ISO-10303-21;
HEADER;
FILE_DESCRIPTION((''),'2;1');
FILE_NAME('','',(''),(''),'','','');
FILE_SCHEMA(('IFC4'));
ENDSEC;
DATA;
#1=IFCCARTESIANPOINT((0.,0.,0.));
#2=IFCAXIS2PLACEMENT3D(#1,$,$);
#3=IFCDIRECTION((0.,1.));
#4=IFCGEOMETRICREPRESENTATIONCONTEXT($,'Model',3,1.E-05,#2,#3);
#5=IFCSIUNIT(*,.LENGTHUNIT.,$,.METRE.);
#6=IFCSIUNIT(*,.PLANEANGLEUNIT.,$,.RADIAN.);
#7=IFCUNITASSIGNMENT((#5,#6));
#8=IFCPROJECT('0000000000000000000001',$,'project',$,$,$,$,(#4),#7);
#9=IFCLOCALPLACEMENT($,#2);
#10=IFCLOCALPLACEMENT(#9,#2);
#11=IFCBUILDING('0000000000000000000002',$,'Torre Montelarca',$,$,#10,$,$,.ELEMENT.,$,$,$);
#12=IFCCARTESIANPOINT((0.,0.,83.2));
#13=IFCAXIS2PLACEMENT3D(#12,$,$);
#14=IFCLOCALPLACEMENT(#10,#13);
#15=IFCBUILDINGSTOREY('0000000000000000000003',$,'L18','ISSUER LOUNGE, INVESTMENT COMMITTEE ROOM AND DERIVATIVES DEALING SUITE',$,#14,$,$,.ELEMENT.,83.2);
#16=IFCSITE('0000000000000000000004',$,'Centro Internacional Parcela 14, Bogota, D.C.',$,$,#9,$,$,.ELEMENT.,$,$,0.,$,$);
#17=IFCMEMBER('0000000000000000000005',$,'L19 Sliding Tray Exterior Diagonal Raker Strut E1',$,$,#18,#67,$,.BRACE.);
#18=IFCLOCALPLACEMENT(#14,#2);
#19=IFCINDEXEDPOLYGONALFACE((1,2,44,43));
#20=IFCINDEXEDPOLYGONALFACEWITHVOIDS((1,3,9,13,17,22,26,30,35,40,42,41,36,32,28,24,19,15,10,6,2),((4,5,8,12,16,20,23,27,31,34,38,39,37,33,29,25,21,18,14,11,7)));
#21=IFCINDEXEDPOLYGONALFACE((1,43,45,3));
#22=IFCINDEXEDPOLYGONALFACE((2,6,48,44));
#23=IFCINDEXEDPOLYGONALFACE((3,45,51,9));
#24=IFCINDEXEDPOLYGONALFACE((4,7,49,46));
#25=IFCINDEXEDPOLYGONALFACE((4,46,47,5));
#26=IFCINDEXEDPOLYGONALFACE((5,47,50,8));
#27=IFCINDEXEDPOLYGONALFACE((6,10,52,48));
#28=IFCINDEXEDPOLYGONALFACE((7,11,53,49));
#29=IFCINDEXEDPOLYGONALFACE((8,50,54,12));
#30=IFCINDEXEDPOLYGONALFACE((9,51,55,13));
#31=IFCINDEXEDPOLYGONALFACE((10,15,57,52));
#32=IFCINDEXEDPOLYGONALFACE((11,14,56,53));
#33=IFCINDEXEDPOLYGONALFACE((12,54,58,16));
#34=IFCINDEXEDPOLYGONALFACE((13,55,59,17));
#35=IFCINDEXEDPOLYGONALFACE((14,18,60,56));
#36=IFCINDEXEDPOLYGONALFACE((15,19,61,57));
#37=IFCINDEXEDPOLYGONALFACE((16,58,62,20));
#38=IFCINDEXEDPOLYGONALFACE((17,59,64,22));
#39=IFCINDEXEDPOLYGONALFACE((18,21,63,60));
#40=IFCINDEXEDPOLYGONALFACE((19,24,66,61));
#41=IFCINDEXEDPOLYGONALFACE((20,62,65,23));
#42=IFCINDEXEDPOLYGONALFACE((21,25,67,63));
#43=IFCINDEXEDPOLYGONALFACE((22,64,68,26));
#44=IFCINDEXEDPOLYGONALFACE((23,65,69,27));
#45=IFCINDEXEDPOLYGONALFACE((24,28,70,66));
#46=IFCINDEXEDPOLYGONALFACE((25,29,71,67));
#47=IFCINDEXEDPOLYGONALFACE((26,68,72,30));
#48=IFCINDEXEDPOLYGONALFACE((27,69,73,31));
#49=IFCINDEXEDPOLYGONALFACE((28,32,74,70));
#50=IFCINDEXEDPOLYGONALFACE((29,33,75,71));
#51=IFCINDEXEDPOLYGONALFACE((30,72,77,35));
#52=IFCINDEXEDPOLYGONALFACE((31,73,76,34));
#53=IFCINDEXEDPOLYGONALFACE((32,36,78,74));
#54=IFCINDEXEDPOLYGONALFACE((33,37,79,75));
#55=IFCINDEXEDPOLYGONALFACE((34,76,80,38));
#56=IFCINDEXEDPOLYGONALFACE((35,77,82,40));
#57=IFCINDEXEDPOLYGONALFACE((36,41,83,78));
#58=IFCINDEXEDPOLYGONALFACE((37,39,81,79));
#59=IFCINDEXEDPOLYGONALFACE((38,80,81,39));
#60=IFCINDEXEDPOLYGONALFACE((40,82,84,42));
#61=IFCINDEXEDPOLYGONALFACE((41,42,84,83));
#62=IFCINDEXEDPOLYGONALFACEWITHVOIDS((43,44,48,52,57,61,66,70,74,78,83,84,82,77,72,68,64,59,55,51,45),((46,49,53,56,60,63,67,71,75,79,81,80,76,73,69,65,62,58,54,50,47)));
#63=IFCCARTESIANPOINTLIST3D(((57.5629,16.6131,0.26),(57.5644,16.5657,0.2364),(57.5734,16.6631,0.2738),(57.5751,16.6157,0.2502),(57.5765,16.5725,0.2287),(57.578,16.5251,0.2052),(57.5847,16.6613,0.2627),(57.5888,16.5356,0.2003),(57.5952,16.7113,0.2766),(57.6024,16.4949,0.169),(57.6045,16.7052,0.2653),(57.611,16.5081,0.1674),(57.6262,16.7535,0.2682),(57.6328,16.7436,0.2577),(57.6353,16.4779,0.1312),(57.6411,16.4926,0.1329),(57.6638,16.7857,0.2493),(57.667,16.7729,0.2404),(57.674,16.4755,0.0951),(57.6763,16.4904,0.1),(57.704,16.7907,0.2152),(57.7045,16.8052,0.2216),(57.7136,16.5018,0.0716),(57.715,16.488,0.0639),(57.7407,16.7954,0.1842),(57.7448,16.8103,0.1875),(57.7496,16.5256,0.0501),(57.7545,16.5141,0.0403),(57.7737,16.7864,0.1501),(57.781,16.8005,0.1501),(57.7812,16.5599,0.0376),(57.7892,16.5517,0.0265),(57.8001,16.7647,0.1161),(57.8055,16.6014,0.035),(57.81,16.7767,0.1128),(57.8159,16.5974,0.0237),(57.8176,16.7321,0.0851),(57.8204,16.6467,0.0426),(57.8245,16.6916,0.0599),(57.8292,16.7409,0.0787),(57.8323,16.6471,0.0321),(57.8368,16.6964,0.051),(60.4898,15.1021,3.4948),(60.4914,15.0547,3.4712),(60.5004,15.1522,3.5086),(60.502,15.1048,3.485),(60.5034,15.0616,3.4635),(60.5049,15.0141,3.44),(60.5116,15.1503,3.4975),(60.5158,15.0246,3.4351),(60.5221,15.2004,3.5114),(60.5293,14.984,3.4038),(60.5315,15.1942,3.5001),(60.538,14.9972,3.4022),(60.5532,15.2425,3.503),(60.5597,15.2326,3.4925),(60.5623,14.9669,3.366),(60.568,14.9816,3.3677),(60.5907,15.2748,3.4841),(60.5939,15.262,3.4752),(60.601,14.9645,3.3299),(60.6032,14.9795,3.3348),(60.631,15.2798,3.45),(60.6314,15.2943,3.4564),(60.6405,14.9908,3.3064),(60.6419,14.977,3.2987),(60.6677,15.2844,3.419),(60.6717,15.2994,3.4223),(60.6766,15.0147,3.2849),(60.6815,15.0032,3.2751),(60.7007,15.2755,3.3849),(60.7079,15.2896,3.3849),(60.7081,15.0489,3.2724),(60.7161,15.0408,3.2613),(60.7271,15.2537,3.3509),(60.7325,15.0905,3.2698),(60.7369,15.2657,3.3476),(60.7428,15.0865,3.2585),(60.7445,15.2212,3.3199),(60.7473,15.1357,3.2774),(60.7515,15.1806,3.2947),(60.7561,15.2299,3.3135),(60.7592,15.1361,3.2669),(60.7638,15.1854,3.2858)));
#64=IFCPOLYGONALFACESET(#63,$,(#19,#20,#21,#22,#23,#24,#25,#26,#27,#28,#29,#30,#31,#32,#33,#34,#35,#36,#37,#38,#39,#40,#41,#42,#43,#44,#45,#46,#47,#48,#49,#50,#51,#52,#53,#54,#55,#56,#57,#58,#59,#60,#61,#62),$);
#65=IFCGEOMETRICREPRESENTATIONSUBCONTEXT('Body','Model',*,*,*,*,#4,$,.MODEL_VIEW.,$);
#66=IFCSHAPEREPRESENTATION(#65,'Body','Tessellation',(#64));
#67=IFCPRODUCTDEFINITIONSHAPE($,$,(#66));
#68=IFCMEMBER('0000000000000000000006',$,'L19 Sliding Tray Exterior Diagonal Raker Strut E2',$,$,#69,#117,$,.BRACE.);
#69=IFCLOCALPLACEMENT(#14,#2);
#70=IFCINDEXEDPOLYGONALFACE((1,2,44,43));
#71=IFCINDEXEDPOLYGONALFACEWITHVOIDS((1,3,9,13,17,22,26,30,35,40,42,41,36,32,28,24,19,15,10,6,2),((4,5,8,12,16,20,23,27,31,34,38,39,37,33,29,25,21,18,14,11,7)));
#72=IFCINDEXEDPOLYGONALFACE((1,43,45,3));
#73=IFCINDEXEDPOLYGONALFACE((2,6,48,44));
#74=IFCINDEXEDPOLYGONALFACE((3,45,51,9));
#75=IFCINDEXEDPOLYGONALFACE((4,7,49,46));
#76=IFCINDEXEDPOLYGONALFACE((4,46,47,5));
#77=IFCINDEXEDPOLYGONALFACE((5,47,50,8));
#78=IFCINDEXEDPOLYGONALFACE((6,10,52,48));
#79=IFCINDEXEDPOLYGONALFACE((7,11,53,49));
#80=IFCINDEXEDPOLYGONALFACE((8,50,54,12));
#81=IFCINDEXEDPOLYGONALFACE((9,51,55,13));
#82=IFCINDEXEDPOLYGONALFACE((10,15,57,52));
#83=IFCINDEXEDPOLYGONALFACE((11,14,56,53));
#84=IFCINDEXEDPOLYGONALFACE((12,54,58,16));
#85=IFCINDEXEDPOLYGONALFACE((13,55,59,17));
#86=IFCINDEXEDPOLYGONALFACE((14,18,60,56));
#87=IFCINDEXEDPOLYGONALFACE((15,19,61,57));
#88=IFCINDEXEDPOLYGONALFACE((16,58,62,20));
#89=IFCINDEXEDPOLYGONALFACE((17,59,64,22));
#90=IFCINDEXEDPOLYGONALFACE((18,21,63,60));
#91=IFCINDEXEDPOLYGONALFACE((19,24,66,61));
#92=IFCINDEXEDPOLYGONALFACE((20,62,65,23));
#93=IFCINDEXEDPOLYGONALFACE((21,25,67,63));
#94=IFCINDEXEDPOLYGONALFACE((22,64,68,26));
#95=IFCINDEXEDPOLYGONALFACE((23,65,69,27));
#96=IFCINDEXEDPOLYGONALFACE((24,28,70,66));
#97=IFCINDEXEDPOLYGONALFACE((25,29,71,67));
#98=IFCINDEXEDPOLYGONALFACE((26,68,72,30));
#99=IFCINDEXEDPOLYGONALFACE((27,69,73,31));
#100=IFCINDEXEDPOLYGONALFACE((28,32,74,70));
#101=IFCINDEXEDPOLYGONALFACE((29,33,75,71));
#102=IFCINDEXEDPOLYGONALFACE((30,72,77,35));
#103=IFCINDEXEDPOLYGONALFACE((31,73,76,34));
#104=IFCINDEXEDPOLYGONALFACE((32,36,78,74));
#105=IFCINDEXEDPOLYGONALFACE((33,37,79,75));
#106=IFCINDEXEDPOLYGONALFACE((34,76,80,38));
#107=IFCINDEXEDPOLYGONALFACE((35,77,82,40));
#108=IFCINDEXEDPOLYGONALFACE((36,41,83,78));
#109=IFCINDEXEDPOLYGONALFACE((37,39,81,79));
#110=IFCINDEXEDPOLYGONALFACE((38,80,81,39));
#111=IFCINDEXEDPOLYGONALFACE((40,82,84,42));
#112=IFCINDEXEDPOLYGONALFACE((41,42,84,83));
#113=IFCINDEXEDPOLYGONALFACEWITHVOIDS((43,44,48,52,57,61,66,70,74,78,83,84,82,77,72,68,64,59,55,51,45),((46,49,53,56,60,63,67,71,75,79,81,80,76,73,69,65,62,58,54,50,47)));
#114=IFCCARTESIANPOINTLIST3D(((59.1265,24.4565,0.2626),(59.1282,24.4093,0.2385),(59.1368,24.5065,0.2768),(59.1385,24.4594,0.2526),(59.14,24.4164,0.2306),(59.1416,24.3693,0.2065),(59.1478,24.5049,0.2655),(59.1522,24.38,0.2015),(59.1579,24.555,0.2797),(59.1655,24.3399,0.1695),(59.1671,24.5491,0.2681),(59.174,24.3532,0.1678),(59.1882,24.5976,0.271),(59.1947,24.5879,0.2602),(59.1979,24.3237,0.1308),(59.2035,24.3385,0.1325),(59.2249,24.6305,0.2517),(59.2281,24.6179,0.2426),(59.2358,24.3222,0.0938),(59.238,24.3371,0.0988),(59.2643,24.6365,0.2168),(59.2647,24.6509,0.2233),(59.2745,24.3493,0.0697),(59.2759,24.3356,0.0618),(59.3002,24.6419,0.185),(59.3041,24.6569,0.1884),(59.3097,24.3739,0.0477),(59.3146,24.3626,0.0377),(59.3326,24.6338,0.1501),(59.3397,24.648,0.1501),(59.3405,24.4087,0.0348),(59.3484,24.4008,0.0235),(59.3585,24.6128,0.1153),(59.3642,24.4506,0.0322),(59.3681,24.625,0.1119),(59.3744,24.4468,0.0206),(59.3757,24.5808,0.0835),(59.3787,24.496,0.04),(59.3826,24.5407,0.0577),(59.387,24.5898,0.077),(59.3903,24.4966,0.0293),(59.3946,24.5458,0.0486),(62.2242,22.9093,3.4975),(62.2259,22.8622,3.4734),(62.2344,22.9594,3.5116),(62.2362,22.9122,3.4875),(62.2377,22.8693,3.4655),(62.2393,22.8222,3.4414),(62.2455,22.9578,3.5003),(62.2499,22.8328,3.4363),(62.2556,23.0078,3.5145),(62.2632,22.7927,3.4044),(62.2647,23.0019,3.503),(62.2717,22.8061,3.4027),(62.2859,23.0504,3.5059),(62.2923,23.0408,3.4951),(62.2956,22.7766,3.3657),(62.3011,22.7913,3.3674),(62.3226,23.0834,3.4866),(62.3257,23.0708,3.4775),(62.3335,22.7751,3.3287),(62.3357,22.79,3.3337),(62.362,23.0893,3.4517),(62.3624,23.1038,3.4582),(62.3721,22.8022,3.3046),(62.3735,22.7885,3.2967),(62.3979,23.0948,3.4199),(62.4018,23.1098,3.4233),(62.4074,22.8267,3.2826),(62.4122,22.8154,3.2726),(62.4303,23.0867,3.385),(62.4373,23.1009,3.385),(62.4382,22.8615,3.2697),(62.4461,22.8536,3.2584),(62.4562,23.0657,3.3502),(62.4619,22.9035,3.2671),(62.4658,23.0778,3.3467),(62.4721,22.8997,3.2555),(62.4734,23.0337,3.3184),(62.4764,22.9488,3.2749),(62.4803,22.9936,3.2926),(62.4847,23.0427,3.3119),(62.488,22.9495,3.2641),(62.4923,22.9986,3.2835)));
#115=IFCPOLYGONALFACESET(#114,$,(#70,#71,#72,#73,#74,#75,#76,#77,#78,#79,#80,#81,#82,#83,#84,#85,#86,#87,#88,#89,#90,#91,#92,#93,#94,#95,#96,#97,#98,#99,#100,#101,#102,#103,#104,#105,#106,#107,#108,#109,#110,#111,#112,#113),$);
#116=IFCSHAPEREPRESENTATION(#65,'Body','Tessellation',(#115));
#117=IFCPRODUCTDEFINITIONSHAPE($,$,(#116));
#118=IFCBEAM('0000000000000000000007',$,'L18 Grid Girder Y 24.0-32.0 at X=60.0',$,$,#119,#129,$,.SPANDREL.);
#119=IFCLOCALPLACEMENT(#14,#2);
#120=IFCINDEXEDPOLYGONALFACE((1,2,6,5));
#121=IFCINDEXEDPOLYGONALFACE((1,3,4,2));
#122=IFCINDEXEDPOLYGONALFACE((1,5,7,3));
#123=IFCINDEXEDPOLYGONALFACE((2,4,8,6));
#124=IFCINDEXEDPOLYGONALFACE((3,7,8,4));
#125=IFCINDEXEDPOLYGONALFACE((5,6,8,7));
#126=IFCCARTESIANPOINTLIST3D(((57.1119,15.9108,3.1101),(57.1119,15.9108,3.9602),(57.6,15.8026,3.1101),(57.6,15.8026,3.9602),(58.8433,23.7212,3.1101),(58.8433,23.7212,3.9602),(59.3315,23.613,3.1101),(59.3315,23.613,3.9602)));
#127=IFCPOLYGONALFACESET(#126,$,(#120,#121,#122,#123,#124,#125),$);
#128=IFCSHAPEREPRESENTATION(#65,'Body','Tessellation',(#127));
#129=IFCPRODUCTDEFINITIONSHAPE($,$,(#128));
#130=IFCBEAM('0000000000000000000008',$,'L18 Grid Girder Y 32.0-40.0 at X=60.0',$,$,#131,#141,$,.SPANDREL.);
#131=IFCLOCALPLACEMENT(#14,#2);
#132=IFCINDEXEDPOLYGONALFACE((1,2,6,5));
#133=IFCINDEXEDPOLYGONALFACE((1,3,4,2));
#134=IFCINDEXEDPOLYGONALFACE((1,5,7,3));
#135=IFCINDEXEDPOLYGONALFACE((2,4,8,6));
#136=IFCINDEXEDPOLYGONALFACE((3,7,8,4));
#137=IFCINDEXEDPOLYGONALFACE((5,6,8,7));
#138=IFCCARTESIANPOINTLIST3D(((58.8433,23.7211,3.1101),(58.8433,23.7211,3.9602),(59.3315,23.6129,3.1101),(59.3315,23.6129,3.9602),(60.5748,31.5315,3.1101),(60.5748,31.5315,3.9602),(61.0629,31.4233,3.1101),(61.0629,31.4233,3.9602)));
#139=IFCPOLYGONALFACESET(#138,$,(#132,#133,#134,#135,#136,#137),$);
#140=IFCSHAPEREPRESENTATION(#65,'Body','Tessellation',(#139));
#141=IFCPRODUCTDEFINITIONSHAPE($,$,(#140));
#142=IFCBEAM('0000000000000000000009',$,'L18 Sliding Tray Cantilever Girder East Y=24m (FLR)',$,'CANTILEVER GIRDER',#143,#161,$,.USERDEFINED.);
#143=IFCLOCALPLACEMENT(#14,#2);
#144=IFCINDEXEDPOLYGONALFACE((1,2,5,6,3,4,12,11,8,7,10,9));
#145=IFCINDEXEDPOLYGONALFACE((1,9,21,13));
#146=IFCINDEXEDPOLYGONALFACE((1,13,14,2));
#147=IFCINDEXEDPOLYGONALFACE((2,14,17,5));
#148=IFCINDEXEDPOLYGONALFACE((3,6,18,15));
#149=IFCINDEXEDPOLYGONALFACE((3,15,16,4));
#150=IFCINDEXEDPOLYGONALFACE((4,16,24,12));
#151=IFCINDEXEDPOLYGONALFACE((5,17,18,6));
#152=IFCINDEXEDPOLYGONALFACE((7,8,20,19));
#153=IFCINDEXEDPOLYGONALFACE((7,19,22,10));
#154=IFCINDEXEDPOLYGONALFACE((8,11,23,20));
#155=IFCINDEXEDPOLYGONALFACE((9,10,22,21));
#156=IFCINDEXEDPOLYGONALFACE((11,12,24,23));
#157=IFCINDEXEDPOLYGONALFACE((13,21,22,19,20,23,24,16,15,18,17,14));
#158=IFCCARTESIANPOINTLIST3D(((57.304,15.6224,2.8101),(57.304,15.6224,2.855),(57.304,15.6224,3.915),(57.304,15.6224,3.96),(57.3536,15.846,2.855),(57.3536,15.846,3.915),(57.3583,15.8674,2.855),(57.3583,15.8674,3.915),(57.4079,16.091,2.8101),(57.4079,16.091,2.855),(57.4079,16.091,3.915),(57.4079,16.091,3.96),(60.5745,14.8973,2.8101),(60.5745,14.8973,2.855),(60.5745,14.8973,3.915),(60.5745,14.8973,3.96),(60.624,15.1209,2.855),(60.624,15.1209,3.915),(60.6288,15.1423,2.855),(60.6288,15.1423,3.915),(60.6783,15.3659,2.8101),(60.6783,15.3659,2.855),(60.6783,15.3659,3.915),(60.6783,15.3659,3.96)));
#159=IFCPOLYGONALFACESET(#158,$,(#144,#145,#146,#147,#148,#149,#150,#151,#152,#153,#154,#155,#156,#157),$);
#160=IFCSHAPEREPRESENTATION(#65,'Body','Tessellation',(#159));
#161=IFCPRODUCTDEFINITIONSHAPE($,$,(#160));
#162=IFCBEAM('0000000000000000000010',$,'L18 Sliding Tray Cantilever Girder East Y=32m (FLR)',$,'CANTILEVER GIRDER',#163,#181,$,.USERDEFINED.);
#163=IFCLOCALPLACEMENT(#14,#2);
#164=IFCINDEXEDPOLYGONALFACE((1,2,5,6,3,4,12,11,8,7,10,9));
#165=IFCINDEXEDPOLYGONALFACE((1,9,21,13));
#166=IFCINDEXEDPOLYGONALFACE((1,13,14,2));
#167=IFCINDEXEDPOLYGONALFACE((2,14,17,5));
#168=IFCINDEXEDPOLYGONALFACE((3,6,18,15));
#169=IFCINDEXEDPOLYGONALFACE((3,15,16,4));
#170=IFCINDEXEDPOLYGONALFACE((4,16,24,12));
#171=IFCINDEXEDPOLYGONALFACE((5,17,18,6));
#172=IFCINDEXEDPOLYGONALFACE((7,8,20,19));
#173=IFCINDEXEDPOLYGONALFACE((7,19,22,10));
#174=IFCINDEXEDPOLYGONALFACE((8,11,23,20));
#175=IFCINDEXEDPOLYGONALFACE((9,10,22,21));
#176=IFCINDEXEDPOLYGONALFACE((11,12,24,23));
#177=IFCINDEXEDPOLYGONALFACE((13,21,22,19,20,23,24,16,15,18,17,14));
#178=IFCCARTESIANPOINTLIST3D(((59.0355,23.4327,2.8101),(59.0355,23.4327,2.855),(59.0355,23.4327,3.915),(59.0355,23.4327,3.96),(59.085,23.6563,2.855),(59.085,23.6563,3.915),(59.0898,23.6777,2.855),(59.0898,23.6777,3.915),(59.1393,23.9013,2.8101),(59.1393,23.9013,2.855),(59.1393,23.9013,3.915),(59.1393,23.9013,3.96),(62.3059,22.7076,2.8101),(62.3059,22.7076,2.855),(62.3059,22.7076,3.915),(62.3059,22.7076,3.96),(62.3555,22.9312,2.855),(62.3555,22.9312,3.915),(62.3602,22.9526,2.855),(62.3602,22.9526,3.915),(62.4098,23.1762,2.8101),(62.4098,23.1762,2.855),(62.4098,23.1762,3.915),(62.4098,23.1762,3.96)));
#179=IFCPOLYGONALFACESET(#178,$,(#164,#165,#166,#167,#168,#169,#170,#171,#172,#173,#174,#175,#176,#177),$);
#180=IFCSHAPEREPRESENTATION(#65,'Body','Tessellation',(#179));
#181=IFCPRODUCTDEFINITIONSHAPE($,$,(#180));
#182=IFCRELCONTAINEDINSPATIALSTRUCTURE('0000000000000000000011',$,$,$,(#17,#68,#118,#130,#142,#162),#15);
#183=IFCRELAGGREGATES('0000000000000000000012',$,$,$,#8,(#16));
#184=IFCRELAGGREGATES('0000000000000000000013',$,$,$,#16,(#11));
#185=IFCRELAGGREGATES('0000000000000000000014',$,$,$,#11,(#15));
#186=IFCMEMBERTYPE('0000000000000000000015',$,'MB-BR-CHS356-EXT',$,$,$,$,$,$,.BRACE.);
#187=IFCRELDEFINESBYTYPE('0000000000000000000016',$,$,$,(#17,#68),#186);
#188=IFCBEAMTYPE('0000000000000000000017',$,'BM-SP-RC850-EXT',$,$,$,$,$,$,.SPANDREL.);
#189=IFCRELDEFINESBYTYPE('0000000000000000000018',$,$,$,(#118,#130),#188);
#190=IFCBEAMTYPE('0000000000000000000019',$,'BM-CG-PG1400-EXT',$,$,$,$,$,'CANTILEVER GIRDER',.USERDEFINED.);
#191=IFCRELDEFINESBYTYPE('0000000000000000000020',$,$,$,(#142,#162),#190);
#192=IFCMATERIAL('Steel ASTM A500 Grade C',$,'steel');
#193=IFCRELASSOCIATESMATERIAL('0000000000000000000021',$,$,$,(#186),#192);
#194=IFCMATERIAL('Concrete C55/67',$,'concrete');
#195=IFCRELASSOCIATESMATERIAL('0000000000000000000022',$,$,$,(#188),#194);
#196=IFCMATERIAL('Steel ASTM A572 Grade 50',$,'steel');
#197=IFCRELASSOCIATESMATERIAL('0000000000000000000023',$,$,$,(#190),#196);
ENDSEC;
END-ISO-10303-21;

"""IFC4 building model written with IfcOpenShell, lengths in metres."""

from ifc_helpers import new_model, si_unit, direction, frame, origin, origin_2d, place, context, subcontext, project, spatial, rectangle, hollow_circle, i_section, extrude, source, transform, mapped, material, material_profile, profile_set, type_object, element, save


model = new_model("IFC4")

# Units and contexts
model_context = context("Model", 3, precision=1e-05, world=origin(), true_north=direction((0.0, 1.0)))
body_context = subcontext(model_context, "Body", "Model", "MODEL_VIEW")
ifc_project = project(units=[si_unit("LENGTHUNIT", "METRE"), si_unit("PLANEANGLEUNIT", "RADIAN")], contexts=[model_context])

# Site, building, storey
site_placement = place(None, origin())
site = spatial("IfcSite", under=ifc_project, at=site_placement, Name="Centro Internacional Parcela 14, Bogota, D.C.", CompositionType="ELEMENT", RefElevation=0.0)
building_placement = place(site_placement, origin())
building = spatial("IfcBuilding", under=site, at=building_placement, Name="Torre Montelarca", CompositionType="ELEMENT")
storey_placement = place(building_placement, frame((0.0, 0.0, 83.2)))
storey = spatial("IfcBuildingStorey", under=building, at=storey_placement, Name="L18", Description="ISSUER LOUNGE, INVESTMENT COMMITTEE ROOM AND DERIVATIVES DEALING SUITE", CompositionType="ELEMENT", Elevation=83.2)

# Members
ifc_material_1 = material(Name="Steel ASTM A500 Grade C", Category="steel")
ifc_material_profile_1 = material_profile(ifc_material_1, hollow_circle(Radius=0.1777, WallThickness=0.0159, at=origin_2d()), Name="HSS355.6X15.9", Category="steel")
ifc_profile_set_1 = profile_set([ifc_material_profile_1], Name="Steel ASTM A500 Grade C")
member_type_1 = type_object("IfcMemberType", Name="MB-BR-CHS356-EXT", PredefinedType="BRACE", material=ifc_profile_set_1)
shared_shape_1 = source(origin(), body_context, "Body", "SweptSolid", [
    extrude(hollow_circle(Radius=0.1777, WallThickness=0.0159, at=origin_2d()), origin(), (0.0, 0.0, 1.0), 4.6167),
])
member_1_placement = place(storey_placement, frame((57.6995, 16.6426, 0.1501), z_axis=(0.633991, -0.327281, 0.700674), x_axis=(0.458709, 0.888587, 0.0)))
element("IfcMember", 1, at=member_1_placement, inside=storey, type_object=member_type_1, Name="L19 Sliding Tray Exterior Diagonal Raker Strut E1", PredefinedType="BRACE", context=body_context, shape_type="MappedRepresentation", body=[
    mapped(shared_shape_1, transform((0.0, 0.0, 0.0), scale=1.0)),
])
shared_shape_2 = source(origin(), body_context, "Body", "SweptSolid", [
    extrude(hollow_circle(Radius=0.1777, WallThickness=0.0159, at=origin_2d()), origin(), (0.0, 0.0, 1.0), 4.7385),
])
member_2_placement = place(storey_placement, frame((59.2603, 24.489, 0.1501), z_axis=(0.653721, -0.3265, 0.682676), x_axis=(0.446819, 0.894625, 0.0)))
element("IfcMember", 2, at=member_2_placement, inside=storey, type_object=member_type_1, Name="L19 Sliding Tray Exterior Diagonal Raker Strut E2", PredefinedType="BRACE", context=body_context, shape_type="MappedRepresentation", body=[
    mapped(shared_shape_2, transform((0.0, 0.0, 0.0), scale=1.0)),
])

# Beams
ifc_material_2 = material(Name="Concrete C55/67", Category="concrete")
ifc_material_profile_2 = material_profile(ifc_material_2, rectangle(XDim=0.5, YDim=0.8501, at=origin_2d()), Name="RCB500X850", Category="concrete")
ifc_profile_set_2 = profile_set([ifc_material_profile_2], Name="Concrete C55/67")
beam_type_1 = type_object("IfcBeamType", Name="BM-SP-RC850-EXT", PredefinedType="SPANDREL", material=ifc_profile_set_2)
shared_shape_3 = source(origin(), body_context, "Body", "SweptSolid", [
    extrude(rectangle(XDim=0.5, YDim=0.8501, at=origin_2d()), origin(), (0.0, 0.0, 1.0), 8.0),
])
for number, where, z_axis, x_axis, name in (
    (3, (57.356, 15.8567, 3.5352), (0.216433, 0.976298, 0.0), (-0.976298, 0.216433, 0.0), "L18 Grid Girder Y 24.0-32.0 at X=60.0"),
    (4, (59.0874, 23.667, 3.5352), (0.216433, 0.976298, 0.0), (-0.976298, 0.216433, 0.0), "L18 Grid Girder Y 32.0-40.0 at X=60.0"),
):
    element("IfcBeam", number, at=place(storey_placement, frame(where, z_axis=z_axis, x_axis=x_axis)), inside=storey, type_object=beam_type_1, Name=name, PredefinedType="SPANDREL", context=body_context, shape_type="MappedRepresentation", body=[
        mapped(shared_shape_3, transform((0.0, 0.0, 0.0), scale=1.0)),
    ])
ifc_material_3 = material(Name="Steel ASTM A572 Grade 50", Category="steel")
ifc_material_profile_3 = material_profile(ifc_material_3, i_section(OverallWidth=0.48, OverallDepth=1.1499, WebThickness=0.022, FlangeThickness=0.0449, at=origin_2d()), Name="PG1150X480X22X45", Category="steel")
ifc_profile_set_3 = profile_set([ifc_material_profile_3], Name="Steel ASTM A572 Grade 50")
beam_type_2 = type_object("IfcBeamType", Name="BM-CG-PG1400-EXT", ElementType="CANTILEVER GIRDER", PredefinedType="USERDEFINED", material=ifc_profile_set_3)
shared_shape_4 = source(origin(), body_context, "Body", "SweptSolid", [
    extrude(i_section(OverallWidth=0.48, OverallDepth=1.1499, WebThickness=0.022, FlangeThickness=0.0449, at=origin_2d()), origin(), (0.0, 0.0, 1.0), 3.3499),
])
for number, where, z_axis, x_axis, name in (
    (5, (57.356, 15.8567, 3.385), (0.976293, -0.216452, 0.0), (0.216452, 0.976293, 0.0), "L18 Sliding Tray Cantilever Girder East Y=24m (FLR)"),
    (6, (59.0874, 23.667, 3.385), (0.976293, -0.216452, 0.0), (0.216452, 0.976293, 0.0), "L18 Sliding Tray Cantilever Girder East Y=32m (FLR)"),
):
    element("IfcBeam", number, at=place(storey_placement, frame(where, z_axis=z_axis, x_axis=x_axis)), inside=storey, type_object=beam_type_2, Name=name, ObjectType="CANTILEVER GIRDER", PredefinedType="USERDEFINED", context=body_context, shape_type="MappedRepresentation", body=[
        mapped(shared_shape_4, transform((0.0, 0.0, 0.0), scale=1.0)),
    ])

save(model, "model.ifc")
